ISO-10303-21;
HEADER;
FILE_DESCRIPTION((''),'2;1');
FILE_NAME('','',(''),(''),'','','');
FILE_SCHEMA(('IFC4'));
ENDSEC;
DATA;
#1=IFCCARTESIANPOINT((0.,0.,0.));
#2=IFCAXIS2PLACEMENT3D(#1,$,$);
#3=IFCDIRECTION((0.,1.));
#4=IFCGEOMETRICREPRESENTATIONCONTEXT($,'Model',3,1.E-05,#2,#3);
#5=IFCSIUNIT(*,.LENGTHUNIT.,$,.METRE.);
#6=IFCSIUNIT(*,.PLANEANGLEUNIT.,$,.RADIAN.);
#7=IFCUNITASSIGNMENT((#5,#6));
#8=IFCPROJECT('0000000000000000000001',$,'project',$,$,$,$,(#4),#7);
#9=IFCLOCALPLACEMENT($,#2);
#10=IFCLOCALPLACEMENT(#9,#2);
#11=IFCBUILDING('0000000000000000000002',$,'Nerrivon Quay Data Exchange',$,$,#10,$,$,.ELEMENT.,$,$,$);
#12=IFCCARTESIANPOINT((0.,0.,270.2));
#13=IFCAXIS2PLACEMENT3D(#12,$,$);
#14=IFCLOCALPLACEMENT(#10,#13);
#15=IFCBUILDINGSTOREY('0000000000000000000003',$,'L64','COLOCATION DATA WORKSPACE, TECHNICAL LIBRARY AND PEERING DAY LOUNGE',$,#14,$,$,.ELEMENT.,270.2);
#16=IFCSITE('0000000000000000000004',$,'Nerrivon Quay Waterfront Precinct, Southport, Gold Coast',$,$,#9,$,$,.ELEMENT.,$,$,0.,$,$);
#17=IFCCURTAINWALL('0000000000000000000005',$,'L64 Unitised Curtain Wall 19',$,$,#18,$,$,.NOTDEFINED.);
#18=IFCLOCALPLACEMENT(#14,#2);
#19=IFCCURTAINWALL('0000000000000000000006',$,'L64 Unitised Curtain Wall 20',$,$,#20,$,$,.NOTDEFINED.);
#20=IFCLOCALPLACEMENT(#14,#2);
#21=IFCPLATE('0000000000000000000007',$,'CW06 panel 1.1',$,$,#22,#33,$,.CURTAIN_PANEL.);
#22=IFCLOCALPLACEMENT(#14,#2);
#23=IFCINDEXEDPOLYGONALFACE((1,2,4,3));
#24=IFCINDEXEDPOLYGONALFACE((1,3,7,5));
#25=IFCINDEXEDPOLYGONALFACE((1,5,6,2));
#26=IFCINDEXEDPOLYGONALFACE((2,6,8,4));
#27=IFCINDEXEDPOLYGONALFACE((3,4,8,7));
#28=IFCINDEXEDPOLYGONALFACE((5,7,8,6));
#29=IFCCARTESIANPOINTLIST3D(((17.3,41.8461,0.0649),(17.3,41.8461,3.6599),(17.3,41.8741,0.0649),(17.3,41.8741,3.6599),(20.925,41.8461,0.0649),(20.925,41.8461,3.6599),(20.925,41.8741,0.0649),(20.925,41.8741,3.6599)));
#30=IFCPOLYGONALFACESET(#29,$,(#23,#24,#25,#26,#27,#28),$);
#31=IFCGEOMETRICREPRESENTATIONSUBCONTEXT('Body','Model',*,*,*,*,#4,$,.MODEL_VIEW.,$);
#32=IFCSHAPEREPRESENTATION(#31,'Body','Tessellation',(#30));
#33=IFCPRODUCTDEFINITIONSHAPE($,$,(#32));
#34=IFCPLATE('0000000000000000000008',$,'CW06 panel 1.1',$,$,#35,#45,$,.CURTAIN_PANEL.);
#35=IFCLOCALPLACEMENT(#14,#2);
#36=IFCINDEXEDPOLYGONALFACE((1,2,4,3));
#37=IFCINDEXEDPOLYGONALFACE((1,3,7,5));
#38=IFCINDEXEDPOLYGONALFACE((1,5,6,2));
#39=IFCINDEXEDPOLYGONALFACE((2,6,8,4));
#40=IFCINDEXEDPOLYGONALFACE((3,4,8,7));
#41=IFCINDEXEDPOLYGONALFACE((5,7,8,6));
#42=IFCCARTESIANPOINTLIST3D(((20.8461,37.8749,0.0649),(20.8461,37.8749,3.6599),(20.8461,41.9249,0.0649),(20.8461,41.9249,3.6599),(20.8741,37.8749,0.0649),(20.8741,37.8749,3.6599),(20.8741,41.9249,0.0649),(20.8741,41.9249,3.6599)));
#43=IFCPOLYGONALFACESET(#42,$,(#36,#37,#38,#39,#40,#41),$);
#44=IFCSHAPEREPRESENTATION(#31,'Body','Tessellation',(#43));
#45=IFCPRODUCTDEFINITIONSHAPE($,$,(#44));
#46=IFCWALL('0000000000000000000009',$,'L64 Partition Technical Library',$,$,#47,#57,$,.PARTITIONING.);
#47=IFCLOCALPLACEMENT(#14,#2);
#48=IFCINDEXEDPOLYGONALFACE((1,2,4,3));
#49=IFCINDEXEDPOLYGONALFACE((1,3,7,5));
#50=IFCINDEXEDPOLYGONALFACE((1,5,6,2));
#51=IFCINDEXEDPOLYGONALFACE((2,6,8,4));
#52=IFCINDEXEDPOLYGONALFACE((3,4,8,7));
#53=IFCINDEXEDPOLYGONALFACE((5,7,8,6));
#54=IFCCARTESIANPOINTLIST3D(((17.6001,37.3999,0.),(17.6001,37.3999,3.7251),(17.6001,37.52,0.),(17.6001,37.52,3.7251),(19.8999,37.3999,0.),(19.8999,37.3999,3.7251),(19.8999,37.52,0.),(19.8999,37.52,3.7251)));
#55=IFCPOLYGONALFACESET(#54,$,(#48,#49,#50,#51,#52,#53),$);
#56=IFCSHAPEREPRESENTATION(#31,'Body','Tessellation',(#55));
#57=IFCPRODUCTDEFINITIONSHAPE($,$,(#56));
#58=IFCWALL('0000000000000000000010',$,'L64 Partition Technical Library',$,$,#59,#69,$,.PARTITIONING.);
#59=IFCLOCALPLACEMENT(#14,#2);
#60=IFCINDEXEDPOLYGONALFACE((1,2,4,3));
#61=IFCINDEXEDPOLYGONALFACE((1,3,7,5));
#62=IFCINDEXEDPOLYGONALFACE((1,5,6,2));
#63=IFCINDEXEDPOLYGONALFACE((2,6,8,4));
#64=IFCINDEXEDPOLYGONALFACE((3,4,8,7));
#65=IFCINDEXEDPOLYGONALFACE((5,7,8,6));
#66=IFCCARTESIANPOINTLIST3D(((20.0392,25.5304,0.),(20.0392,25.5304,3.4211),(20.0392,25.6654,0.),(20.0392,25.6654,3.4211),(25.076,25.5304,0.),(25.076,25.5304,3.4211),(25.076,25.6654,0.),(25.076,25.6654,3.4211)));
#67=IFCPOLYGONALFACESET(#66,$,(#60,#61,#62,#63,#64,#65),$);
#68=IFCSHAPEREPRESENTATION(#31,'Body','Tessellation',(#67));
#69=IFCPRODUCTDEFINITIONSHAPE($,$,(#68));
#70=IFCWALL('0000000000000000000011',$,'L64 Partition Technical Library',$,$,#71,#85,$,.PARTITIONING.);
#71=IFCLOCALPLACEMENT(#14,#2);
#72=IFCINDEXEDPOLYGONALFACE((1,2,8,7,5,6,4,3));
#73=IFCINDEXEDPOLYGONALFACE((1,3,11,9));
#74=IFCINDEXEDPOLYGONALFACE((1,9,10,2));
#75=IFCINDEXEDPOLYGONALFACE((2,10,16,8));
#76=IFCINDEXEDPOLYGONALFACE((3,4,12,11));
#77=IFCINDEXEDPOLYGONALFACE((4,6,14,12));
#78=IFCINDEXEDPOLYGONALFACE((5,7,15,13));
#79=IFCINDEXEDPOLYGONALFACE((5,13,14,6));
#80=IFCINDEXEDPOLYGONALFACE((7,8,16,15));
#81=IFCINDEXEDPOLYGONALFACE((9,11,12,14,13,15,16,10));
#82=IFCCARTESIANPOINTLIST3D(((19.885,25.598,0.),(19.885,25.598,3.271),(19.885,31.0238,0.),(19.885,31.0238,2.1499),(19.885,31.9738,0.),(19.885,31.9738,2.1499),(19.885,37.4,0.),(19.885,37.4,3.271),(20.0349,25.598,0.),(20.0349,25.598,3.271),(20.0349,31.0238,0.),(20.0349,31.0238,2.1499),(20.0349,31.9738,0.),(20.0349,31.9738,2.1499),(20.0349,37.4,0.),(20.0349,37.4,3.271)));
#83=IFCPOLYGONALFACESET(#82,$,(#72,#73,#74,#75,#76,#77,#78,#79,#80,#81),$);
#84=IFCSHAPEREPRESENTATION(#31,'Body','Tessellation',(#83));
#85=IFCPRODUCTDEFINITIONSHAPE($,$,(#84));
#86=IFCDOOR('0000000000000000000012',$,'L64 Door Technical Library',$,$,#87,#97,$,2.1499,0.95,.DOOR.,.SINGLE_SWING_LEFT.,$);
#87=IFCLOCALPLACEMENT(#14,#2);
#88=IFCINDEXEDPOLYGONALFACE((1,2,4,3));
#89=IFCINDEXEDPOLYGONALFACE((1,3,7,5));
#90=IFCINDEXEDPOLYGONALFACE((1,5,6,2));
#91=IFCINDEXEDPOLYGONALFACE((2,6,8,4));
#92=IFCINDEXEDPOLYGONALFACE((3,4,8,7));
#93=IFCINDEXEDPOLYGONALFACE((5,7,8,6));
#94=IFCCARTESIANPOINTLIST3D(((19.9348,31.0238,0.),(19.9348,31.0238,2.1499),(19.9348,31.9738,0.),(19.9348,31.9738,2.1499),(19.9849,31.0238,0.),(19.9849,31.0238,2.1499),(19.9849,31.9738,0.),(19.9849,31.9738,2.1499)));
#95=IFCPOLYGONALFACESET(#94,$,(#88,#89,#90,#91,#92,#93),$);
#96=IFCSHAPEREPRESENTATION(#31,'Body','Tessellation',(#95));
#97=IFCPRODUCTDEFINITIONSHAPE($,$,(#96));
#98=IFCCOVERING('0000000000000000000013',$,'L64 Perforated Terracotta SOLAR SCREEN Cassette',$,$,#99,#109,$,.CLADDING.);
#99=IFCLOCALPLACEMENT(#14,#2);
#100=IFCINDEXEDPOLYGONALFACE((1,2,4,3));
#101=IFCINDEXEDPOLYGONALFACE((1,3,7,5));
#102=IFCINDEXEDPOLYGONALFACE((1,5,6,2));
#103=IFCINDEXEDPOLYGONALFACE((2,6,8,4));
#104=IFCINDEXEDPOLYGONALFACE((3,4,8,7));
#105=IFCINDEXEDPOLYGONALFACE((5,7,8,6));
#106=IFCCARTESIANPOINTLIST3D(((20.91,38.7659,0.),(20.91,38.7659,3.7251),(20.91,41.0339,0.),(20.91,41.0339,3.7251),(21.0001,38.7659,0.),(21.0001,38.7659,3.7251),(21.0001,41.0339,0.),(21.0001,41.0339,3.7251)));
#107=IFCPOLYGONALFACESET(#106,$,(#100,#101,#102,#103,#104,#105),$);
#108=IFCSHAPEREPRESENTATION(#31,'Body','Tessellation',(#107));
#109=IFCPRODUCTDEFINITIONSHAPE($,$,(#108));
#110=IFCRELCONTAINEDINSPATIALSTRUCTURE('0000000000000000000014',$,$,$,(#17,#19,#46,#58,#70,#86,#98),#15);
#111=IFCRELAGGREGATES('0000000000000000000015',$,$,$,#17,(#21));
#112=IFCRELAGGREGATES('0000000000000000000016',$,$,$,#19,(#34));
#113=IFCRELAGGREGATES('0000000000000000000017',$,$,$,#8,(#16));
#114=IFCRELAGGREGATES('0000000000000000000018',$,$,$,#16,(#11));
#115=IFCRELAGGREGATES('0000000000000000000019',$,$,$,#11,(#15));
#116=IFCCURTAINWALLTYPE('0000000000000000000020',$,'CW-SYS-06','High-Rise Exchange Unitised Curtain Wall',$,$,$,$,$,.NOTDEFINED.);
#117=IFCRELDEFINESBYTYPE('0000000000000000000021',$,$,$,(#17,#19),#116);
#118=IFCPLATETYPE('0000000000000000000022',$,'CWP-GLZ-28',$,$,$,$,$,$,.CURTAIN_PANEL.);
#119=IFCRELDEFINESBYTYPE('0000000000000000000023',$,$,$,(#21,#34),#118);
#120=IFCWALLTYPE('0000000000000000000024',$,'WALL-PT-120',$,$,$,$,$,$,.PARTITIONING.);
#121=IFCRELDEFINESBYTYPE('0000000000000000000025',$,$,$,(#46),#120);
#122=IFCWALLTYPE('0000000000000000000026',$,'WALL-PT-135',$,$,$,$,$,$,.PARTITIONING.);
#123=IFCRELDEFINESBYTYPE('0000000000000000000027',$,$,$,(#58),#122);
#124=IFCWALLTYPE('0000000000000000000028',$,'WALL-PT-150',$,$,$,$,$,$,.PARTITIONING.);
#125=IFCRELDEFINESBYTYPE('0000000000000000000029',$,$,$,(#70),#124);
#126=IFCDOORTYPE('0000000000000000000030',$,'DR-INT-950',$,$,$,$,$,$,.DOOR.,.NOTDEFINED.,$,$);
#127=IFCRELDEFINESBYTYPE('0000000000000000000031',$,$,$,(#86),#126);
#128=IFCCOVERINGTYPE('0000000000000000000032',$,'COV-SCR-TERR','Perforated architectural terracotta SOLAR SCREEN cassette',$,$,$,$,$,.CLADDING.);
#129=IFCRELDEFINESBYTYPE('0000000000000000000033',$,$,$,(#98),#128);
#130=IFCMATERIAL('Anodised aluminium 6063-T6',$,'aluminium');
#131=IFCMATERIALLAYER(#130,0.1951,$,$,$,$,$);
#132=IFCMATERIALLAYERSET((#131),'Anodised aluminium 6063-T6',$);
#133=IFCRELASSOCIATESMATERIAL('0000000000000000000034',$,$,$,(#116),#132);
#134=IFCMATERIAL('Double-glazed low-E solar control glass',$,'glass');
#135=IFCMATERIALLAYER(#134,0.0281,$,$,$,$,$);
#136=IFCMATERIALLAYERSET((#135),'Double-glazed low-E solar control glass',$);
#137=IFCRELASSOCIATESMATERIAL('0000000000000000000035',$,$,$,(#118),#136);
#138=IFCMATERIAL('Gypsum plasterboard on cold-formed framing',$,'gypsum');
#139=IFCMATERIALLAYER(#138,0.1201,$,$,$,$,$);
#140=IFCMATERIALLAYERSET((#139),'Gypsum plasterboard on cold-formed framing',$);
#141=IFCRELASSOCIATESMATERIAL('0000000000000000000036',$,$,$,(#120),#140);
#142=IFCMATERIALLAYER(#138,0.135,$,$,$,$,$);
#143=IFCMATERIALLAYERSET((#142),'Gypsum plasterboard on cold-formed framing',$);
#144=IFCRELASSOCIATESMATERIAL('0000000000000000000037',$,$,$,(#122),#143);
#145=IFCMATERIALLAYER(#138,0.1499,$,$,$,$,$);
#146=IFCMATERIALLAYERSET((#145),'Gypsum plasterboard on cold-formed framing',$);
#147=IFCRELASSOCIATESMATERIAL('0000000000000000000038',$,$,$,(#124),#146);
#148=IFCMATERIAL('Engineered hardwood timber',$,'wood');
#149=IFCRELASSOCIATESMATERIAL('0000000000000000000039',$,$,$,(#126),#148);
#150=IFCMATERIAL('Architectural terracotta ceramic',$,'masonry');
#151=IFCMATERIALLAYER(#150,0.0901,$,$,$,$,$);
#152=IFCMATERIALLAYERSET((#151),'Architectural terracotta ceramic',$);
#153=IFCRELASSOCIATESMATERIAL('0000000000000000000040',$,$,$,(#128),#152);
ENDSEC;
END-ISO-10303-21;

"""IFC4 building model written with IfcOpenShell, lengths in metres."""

from ifc_helpers import new_model, si_unit, direction, frame, frame_2d, origin, origin_2d, place, context, subcontext, project, spatial, rectangle, extrude, material, layer, layer_set, type_object, element, fill, aggregate, save


model = new_model("IFC4")

# Units and contexts
model_context = context("Model", 3, precision=1e-05, world=origin(), true_north=direction((0.0, 1.0)))
body_context = subcontext(model_context, "Body", "Model", "MODEL_VIEW")
ifc_project = project(units=[si_unit("LENGTHUNIT", "METRE"), si_unit("PLANEANGLEUNIT", "RADIAN")], contexts=[model_context])

# Site, building, storey
site_placement = place(None, origin())
site = spatial("IfcSite", under=ifc_project, at=site_placement, Name="Nerrivon Quay Waterfront Precinct, Southport, Gold Coast", CompositionType="ELEMENT", RefElevation=0.0)
building_placement = place(site_placement, origin())
building = spatial("IfcBuilding", under=site, at=building_placement, Name="Nerrivon Quay Data Exchange", CompositionType="ELEMENT")
storey_placement = place(building_placement, frame((0.0, 0.0, 270.2)))
storey = spatial("IfcBuildingStorey", under=building, at=storey_placement, Name="L64", Description="COLOCATION DATA WORKSPACE, TECHNICAL LIBRARY AND PEERING DAY LOUNGE", CompositionType="ELEMENT", Elevation=270.2)

# Curtain walls
ifc_material_1 = material(Name="Anodised aluminium 6063-T6", Category="aluminium")
ifc_layer_1 = layer(ifc_material_1, 0.1951)
ifc_layer_set_1 = layer_set([ifc_layer_1], Name="Anodised aluminium 6063-T6")
curtain_wall_type = type_object("IfcCurtainWallType", Name="CW-SYS-06", Description="High-Rise Exchange Unitised Curtain Wall", PredefinedType="NOTDEFINED", material=ifc_layer_set_1)
curtain_wall_1_placement = place(storey_placement, origin())
curtain_wall_1 = element("IfcCurtainWall", 1, at=curtain_wall_1_placement, inside=storey, type_object=curtain_wall_type, Name="L64 Unitised Curtain Wall 19", PredefinedType="NOTDEFINED")
curtain_wall_2_placement = place(storey_placement, origin())
curtain_wall_2 = element("IfcCurtainWall", 2, at=curtain_wall_2_placement, inside=storey, type_object=curtain_wall_type, Name="L64 Unitised Curtain Wall 20", PredefinedType="NOTDEFINED")

# Plates
ifc_material_2 = material(Name="Double-glazed low-E solar control glass", Category="glass")
ifc_layer_2 = layer(ifc_material_2, 0.0281)
ifc_layer_set_2 = layer_set([ifc_layer_2], Name="Double-glazed low-E solar control glass")
plate_type = type_object("IfcPlateType", Name="CWP-GLZ-28", PredefinedType="CURTAIN_PANEL", material=ifc_layer_set_2)
plate_1_placement = place(storey_placement, frame((19.1125, 41.8601, 0.0649), z_axis=(0.0, 0.0, 1.0), x_axis=(1.0, 0.0, 0.0)))
plate_1 = element("IfcPlate", 3, at=plate_1_placement, type_object=plate_type, Name="CW06 panel 1.1", PredefinedType="CURTAIN_PANEL", context=body_context, shape_type="SweptSolid", body=[
    extrude(rectangle(XDim=3.625, YDim=0.0281, at=origin_2d()), origin(), (0.0, 0.0, 1.0), 3.595),
])
aggregate(curtain_wall_1, [plate_1])
plate_2_placement = place(storey_placement, frame((20.8601, 39.8999, 0.0649), z_axis=(0.0, 0.0, 1.0), x_axis=(0.0, -1.0, 0.0)))
plate_2 = element("IfcPlate", 4, at=plate_2_placement, type_object=plate_type, Name="CW06 panel 1.1", PredefinedType="CURTAIN_PANEL", context=body_context, shape_type="SweptSolid", body=[
    extrude(rectangle(XDim=4.05, YDim=0.0281, at=origin_2d()), origin(), (0.0, 0.0, 1.0), 3.595),
])
aggregate(curtain_wall_2, [plate_2])

# Walls
ifc_material_3 = material(Name="Gypsum plasterboard on cold-formed framing", Category="gypsum")
ifc_layer_3 = layer(ifc_material_3, 0.1201)
ifc_layer_set_3 = layer_set([ifc_layer_3], Name="Gypsum plasterboard on cold-formed framing")
wall_type_1 = type_object("IfcWallType", Name="WALL-PT-120", PredefinedType="PARTITIONING", material=ifc_layer_set_3)
wall_1_placement = place(storey_placement, frame((17.6001, 37.46, 0.0), z_axis=(0.0, 0.0, 1.0), x_axis=(1.0, 0.0, 0.0)))
element("IfcWall", 5, at=wall_1_placement, inside=storey, type_object=wall_type_1, Name="L64 Partition Technical Library", PredefinedType="PARTITIONING", context=body_context, shape_type="SweptSolid", body=[
    extrude(rectangle(XDim=2.2998, YDim=0.1201, at=frame_2d((1.1499, 0.0))), origin(), (0.0, 0.0, 1.0), 3.7251),
])
ifc_layer_4 = layer(ifc_material_3, 0.135)
ifc_layer_set_4 = layer_set([ifc_layer_4], Name="Gypsum plasterboard on cold-formed framing")
wall_type_2 = type_object("IfcWallType", Name="WALL-PT-135", PredefinedType="PARTITIONING", material=ifc_layer_set_4)
wall_2_placement = place(storey_placement, frame((20.0391, 25.5979, 0.0), z_axis=(0.0, 0.0, 1.0), x_axis=(1.0, 0.0, 0.0)))
element("IfcWall", 6, at=wall_2_placement, inside=storey, type_object=wall_type_2, Name="L64 Partition Technical Library", PredefinedType="PARTITIONING", context=body_context, shape_type="SweptSolid", body=[
    extrude(rectangle(XDim=5.0369, YDim=0.135, at=frame_2d((2.5186, 0.0))), origin(), (0.0, 0.0, 1.0), 3.4211),
])

# Wall, opening, door
ifc_layer_5 = layer(ifc_material_3, 0.1499)
ifc_layer_set_5 = layer_set([ifc_layer_5], Name="Gypsum plasterboard on cold-formed framing")
wall_type_3 = type_object("IfcWallType", Name="WALL-PT-150", PredefinedType="PARTITIONING", material=ifc_layer_set_5)
wall_3_placement = place(storey_placement, frame((19.96, 37.3999, 0.0), z_axis=(0.0, 0.0, 1.0), x_axis=(0.0, -1.0, 0.0)))
wall_3 = element("IfcWall", 7, at=wall_3_placement, inside=storey, type_object=wall_type_3, Name="L64 Partition Technical Library", PredefinedType="PARTITIONING", context=body_context, shape_type="SweptSolid", body=[
    extrude(rectangle(XDim=11.802, YDim=0.1499, at=frame_2d((5.9009, 0.0))), origin(), (0.0, 0.0, 1.0), 3.271),
])
opening_1_placement = place(wall_3_placement, frame((5.426, 0.0, 0.0)))
opening_1 = element("IfcOpeningElement", 8, at=opening_1_placement, cuts=wall_3, PredefinedType="OPENING", context=body_context, shape_type="SweptSolid", body=[
    extrude(rectangle(XDim=0.95, YDim=2.1499, at=frame_2d((0.4751, 1.075))), frame((0.0, 0.085, 0.0), z_axis=(0.0, -1.0, 0.0), x_axis=(1.0, 0.0, 0.0)), (0.0, 0.0, 1.0), 0.1699),
])
ifc_material_4 = material(Name="Engineered hardwood timber", Category="wood")
door_type_1 = type_object("IfcDoorType", Name="DR-INT-950", OperationType="NOTDEFINED", PredefinedType="DOOR", material=ifc_material_4)
door_1_placement = place(opening_1_placement, origin())
door_1 = element("IfcDoor", 9, at=door_1_placement, inside=storey, type_object=door_type_1, Name="L64 Door Technical Library", OperationType="SINGLE_SWING_LEFT", OverallHeight=2.1499, OverallWidth=0.95, PredefinedType="DOOR", context=body_context, shape_type="SweptSolid", body=[
    extrude(rectangle(XDim=0.95, YDim=2.1499, at=frame_2d((0.4751, 1.075))), frame((0.0, 0.0249, 0.0), z_axis=(0.0, -1.0, 0.0), x_axis=(1.0, 0.0, 0.0)), (0.0, 0.0, 1.0), 0.05),
])
fill(opening_1, door_1)

# Covering
ifc_material_5 = material(Name="Architectural terracotta ceramic", Category="masonry")
ifc_layer_6 = layer(ifc_material_5, 0.0901)
ifc_layer_set_6 = layer_set([ifc_layer_6], Name="Architectural terracotta ceramic")
covering_type = type_object("IfcCoveringType", Name="COV-SCR-TERR", Description="Perforated architectural terracotta SOLAR SCREEN cassette", PredefinedType="CLADDING", material=ifc_layer_set_6)
covering_placement = place(storey_placement, frame((20.9551, 39.8999, 0.0), z_axis=(0.0, 0.0, 1.0), x_axis=(0.0, -1.0, 0.0)))
element("IfcCovering", 10, at=covering_placement, inside=storey, type_object=covering_type, Name="L64 Perforated Terracotta SOLAR SCREEN Cassette", PredefinedType="CLADDING", context=body_context, shape_type="SweptSolid", body=[
    extrude(rectangle(XDim=2.2681, YDim=0.0901, at=origin_2d()), origin(), (0.0, 0.0, 1.0), 3.7251),
])

save(model, "model.ifc")
